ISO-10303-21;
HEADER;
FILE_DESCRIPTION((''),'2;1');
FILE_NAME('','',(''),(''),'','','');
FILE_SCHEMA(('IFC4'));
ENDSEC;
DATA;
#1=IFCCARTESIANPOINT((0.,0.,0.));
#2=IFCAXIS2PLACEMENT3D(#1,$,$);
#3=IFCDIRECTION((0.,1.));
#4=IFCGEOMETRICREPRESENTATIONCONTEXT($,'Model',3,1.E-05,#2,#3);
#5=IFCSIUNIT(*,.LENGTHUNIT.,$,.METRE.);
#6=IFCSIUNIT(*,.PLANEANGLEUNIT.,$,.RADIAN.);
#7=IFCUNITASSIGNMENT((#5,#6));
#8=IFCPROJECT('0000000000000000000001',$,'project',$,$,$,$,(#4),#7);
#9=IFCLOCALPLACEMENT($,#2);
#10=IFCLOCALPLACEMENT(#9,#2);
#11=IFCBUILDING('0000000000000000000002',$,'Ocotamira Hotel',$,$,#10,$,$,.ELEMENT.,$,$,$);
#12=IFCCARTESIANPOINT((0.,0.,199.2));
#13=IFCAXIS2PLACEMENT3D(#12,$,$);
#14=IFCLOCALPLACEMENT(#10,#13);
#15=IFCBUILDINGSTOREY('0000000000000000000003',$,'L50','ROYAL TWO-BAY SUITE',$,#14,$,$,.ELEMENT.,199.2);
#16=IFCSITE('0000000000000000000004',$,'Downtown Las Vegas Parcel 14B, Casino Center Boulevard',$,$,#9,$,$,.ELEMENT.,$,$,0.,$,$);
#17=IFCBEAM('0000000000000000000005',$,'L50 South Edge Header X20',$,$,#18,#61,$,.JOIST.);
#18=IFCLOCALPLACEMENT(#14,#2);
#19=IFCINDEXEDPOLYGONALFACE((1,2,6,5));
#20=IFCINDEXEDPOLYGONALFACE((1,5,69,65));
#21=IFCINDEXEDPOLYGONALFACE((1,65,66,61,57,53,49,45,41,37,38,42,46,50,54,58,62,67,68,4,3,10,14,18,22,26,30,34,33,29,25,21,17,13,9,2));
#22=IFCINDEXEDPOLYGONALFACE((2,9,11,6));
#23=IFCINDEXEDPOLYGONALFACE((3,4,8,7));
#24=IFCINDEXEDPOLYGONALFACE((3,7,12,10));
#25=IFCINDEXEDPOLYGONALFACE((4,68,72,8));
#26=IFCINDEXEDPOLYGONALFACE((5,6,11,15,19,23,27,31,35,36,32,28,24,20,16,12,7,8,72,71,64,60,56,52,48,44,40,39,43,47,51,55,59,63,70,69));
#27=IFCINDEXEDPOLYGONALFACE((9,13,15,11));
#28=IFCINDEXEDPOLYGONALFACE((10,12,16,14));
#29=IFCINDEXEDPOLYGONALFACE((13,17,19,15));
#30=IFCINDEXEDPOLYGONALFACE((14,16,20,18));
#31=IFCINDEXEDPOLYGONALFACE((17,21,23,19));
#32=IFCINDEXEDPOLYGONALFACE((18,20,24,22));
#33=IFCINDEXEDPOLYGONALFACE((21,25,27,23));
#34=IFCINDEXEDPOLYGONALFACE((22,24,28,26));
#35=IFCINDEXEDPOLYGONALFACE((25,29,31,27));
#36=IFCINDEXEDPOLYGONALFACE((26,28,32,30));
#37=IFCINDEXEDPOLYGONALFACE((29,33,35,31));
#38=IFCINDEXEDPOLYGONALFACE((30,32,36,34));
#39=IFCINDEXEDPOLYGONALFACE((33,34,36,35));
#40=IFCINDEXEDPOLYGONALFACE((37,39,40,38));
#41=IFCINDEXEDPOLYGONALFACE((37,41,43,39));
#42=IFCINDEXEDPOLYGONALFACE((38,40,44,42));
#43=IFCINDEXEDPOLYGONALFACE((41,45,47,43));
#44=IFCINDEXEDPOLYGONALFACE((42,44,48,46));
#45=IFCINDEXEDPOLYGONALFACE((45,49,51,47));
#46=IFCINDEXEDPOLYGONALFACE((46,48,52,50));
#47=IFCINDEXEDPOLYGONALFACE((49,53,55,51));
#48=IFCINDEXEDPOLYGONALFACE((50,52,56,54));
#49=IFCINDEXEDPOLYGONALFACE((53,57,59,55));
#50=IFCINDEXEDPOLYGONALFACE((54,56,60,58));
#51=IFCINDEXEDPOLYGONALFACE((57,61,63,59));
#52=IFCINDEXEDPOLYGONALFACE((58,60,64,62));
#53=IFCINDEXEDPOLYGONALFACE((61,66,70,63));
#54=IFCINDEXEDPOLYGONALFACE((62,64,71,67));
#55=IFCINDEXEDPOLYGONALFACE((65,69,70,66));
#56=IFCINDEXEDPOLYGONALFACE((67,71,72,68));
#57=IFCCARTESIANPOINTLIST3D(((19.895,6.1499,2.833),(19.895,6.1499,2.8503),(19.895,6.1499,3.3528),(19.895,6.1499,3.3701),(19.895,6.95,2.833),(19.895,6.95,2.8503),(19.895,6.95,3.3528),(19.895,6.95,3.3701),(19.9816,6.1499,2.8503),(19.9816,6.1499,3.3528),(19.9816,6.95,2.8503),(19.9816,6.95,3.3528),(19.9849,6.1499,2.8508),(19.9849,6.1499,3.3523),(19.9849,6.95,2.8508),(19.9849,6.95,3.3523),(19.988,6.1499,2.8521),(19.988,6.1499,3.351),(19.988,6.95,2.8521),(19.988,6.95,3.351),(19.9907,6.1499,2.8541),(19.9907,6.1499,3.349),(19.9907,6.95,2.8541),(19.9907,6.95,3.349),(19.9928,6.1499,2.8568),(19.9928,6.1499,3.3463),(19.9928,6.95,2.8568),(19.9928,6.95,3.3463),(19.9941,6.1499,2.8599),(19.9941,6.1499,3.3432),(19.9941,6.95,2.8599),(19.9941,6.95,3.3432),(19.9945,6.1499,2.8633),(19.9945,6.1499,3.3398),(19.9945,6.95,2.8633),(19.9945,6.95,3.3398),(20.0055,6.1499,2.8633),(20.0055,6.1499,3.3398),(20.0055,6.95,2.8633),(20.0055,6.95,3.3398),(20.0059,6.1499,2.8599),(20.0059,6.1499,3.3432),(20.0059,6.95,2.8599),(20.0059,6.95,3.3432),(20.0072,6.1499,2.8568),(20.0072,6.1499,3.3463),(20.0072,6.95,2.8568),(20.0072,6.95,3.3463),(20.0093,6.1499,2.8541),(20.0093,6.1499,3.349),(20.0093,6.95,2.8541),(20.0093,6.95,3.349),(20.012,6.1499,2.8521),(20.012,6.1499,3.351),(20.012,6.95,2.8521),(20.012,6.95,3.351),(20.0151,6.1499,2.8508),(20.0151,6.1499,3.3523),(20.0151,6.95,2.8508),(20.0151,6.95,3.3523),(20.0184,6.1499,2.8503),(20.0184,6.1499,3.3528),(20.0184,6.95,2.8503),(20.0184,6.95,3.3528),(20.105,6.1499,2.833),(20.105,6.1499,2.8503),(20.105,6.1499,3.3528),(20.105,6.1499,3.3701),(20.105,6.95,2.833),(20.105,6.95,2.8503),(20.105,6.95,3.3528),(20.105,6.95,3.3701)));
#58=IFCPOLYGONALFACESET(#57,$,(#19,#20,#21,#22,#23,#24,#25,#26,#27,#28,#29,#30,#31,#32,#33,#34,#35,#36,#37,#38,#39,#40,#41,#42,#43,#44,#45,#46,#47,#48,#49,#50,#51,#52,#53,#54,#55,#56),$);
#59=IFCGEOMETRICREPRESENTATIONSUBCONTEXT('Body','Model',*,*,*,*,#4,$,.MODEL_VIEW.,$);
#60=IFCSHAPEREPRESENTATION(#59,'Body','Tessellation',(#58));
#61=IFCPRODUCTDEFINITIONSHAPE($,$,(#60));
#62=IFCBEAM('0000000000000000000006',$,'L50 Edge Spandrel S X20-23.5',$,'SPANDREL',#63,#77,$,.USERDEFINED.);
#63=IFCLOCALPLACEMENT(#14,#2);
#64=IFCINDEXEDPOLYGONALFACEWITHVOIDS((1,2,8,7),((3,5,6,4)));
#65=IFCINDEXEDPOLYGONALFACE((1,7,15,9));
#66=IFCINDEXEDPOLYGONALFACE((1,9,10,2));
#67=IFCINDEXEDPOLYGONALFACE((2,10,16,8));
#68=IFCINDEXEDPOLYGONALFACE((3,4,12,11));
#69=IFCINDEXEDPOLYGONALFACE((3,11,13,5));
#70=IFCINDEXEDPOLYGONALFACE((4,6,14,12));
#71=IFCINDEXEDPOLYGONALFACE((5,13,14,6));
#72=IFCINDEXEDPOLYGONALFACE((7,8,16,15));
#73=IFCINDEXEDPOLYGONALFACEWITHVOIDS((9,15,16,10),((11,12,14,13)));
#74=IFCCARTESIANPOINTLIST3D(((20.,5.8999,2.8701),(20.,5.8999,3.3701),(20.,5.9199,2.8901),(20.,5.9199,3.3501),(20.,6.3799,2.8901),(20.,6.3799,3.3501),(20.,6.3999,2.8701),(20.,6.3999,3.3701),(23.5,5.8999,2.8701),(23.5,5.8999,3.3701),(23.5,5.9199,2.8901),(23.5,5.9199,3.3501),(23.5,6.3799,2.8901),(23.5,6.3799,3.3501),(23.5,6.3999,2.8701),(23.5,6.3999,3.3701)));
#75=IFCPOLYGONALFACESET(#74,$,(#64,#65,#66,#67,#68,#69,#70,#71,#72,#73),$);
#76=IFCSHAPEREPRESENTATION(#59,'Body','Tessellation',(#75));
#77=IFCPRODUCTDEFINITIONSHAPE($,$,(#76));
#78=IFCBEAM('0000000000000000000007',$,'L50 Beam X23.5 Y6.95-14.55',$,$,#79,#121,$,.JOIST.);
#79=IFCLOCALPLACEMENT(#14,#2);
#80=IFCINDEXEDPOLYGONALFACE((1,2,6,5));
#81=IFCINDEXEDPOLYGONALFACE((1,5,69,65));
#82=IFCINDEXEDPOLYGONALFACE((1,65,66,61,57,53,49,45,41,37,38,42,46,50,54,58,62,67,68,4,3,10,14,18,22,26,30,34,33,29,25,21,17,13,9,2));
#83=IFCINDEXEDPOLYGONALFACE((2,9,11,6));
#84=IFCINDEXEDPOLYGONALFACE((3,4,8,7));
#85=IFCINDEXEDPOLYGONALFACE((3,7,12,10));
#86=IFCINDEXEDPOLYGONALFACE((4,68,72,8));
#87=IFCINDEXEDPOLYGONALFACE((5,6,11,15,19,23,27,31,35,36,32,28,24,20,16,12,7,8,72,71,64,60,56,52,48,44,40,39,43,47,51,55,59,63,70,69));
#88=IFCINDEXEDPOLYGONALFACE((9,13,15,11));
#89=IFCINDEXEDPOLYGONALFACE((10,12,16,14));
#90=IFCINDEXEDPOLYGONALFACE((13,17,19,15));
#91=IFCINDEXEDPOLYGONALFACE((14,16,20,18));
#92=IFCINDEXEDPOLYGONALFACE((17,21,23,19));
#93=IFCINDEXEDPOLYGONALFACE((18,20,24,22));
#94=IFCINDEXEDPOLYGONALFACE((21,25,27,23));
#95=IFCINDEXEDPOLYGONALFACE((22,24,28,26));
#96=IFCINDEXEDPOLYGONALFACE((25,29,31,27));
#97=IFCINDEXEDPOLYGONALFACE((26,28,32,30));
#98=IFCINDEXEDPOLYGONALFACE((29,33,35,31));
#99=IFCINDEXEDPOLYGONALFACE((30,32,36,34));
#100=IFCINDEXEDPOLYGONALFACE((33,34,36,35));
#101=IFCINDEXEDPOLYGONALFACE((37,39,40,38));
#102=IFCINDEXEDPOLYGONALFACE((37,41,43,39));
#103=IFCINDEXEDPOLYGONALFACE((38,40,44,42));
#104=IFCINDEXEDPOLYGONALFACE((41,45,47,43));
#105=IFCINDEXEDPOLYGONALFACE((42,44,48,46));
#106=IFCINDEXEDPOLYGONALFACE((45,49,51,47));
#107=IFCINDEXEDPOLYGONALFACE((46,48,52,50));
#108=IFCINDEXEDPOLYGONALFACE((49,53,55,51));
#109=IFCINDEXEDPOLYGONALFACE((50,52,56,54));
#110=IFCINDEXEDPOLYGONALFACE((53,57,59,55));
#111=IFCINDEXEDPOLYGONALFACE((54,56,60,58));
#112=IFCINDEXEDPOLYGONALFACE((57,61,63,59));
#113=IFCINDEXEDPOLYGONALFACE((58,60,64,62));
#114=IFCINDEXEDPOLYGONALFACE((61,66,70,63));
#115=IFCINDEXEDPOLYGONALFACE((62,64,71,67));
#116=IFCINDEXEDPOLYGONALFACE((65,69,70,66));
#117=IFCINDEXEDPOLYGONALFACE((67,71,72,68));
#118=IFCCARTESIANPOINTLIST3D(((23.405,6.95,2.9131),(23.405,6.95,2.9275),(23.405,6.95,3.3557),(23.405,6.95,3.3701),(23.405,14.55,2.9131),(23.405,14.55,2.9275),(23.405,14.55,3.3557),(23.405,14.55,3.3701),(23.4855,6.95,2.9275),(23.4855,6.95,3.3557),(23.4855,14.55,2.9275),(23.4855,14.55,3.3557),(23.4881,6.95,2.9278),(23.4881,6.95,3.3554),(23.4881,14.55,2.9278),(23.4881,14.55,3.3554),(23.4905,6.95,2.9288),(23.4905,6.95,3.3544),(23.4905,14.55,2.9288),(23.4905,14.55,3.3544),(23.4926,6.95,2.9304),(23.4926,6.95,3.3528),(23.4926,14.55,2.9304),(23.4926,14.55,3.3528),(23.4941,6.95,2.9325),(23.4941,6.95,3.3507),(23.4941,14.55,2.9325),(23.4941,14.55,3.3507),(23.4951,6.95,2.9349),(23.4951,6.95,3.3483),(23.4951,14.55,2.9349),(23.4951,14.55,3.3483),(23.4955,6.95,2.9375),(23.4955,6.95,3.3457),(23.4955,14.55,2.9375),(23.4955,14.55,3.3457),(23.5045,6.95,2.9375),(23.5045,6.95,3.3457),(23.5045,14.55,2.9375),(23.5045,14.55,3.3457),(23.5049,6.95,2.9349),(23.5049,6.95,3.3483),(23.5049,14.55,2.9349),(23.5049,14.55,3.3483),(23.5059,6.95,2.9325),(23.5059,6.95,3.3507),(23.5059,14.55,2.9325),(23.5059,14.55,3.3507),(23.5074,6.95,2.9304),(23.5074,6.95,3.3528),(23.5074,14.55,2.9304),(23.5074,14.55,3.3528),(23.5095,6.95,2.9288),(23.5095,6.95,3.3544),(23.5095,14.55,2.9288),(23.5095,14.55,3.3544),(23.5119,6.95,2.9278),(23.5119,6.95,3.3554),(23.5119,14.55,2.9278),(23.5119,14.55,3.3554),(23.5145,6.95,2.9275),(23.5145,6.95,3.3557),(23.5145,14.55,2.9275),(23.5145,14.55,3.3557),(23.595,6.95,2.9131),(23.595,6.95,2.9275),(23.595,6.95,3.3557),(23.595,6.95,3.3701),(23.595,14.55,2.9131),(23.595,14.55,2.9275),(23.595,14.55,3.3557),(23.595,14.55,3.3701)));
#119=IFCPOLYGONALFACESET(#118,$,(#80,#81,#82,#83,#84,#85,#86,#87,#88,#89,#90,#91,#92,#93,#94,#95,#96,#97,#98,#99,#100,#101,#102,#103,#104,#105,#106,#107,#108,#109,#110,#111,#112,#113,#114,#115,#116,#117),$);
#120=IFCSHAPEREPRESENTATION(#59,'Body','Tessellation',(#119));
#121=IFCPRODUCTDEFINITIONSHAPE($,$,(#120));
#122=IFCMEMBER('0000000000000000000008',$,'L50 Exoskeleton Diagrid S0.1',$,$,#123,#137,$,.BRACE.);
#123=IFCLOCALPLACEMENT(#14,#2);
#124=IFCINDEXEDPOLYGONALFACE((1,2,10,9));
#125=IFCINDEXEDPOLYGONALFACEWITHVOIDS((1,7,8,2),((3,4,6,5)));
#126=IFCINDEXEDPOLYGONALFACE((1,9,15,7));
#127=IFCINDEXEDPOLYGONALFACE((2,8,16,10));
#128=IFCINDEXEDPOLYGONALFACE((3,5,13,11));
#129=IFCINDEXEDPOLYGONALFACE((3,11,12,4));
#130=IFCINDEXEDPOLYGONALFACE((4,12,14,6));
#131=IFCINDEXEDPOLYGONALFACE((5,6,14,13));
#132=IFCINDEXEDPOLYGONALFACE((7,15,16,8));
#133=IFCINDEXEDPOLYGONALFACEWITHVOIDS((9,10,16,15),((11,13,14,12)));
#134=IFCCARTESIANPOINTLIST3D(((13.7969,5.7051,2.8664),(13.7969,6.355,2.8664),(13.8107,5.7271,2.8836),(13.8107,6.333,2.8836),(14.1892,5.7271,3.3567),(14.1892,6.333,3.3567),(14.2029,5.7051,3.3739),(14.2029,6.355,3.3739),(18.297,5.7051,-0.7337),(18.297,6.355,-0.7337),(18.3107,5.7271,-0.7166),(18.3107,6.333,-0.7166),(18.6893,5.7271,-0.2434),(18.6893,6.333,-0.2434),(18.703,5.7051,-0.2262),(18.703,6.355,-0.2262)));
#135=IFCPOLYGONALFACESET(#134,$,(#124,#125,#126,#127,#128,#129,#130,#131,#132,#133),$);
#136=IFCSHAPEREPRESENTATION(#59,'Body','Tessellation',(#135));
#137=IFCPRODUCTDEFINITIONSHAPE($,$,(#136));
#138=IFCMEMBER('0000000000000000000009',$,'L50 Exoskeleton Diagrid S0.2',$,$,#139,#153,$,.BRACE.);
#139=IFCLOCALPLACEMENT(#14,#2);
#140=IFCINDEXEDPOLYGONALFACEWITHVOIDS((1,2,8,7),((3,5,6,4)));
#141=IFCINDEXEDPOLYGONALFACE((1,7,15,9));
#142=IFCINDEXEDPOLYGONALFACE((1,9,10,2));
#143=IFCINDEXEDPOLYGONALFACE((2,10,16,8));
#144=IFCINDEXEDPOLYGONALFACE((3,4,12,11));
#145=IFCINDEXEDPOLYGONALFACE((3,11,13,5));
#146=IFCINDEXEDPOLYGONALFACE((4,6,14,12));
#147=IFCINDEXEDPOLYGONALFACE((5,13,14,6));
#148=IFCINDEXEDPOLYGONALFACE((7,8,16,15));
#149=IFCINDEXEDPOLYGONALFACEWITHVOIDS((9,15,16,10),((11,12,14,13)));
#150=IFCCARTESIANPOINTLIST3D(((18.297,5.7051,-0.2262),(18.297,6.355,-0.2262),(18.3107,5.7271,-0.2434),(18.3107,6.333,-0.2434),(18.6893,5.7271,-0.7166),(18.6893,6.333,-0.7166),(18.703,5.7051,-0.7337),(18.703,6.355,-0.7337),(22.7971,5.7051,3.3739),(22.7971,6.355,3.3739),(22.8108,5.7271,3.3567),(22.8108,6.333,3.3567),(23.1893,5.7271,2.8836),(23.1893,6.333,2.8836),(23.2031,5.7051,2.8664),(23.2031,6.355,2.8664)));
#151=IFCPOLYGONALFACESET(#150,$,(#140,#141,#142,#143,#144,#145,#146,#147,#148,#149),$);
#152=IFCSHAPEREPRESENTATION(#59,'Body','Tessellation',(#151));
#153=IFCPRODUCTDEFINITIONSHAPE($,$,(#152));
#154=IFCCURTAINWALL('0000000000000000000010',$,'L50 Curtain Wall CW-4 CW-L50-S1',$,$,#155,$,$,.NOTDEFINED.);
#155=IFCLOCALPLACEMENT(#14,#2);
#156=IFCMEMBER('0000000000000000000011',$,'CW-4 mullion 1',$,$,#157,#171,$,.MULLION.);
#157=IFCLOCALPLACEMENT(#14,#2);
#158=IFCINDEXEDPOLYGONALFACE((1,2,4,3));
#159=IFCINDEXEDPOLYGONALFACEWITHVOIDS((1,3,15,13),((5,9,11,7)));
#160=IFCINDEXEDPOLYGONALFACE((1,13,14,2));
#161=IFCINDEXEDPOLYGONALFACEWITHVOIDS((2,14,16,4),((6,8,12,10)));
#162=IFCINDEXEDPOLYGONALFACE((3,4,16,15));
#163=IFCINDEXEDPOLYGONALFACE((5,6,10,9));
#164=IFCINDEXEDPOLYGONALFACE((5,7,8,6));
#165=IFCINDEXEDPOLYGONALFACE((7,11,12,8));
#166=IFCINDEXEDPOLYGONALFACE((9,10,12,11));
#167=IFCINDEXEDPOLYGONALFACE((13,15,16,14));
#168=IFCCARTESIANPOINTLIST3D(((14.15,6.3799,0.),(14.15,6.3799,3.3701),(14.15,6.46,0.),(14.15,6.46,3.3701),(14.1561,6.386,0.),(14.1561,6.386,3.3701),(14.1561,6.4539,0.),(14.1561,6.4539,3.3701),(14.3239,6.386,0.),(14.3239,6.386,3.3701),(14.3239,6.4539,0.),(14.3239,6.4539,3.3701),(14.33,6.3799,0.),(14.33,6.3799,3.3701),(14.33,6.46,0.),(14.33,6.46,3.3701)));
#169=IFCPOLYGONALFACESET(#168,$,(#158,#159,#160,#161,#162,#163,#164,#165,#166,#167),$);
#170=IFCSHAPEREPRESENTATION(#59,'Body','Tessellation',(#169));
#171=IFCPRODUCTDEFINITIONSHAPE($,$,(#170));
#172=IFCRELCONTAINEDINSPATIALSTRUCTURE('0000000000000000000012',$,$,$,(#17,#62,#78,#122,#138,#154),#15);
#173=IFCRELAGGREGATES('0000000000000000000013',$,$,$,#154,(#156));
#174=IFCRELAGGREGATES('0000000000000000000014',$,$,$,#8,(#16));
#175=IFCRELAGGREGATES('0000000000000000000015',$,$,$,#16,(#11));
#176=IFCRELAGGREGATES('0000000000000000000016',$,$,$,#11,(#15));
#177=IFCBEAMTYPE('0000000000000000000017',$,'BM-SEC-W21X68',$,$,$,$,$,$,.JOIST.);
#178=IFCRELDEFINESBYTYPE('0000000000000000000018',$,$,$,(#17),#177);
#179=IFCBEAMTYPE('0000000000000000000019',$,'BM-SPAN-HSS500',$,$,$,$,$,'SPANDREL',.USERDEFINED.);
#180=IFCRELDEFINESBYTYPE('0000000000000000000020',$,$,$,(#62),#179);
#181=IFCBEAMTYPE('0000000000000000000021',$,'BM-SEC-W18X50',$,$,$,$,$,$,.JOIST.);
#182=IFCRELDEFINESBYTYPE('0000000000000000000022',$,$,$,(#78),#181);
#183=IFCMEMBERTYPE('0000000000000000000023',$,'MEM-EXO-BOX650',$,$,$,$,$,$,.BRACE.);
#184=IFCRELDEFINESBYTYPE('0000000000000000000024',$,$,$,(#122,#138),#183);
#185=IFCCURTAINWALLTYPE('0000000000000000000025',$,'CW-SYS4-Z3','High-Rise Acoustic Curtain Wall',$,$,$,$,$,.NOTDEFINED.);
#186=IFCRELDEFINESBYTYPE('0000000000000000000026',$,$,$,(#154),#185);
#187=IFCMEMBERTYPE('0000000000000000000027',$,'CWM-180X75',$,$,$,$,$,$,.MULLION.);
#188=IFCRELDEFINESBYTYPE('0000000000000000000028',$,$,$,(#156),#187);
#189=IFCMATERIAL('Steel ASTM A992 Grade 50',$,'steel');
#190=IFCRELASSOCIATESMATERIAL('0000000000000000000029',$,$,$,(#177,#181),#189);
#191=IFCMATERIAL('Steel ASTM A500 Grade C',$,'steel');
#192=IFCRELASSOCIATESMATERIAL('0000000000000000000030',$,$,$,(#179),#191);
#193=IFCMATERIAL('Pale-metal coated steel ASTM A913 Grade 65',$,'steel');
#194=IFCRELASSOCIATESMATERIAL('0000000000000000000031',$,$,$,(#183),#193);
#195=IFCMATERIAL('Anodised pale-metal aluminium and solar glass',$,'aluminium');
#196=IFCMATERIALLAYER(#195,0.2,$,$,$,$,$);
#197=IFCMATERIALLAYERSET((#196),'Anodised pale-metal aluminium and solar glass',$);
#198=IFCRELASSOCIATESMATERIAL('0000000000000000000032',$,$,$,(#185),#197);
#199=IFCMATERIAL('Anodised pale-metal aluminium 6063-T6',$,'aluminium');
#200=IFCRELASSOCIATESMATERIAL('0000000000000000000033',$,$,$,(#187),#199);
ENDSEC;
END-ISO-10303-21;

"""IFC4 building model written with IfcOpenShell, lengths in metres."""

from ifc_helpers import new_model, si_unit, direction, frame, origin, origin_2d, place, context, subcontext, project, spatial, hollow_rectangle, i_section, extrude, source, transform, mapped, material, layer, layer_set, material_profile, profile_set, type_object, element, aggregate, save


model = new_model("IFC4")

# Units and contexts
model_context = context("Model", 3, precision=1e-05, world=origin(), true_north=direction((0.0, 1.0)))
body_context = subcontext(model_context, "Body", "Model", "MODEL_VIEW")
ifc_project = project(units=[si_unit("LENGTHUNIT", "METRE"), si_unit("PLANEANGLEUNIT", "RADIAN")], contexts=[model_context])

# Site, building, storey
site_placement = place(None, origin())
site = spatial("IfcSite", under=ifc_project, at=site_placement, Name="Downtown Las Vegas Parcel 14B, Casino Center Boulevard", CompositionType="ELEMENT", RefElevation=0.0)
building_placement = place(site_placement, origin())
building = spatial("IfcBuilding", under=site, at=building_placement, Name="Ocotamira Hotel", CompositionType="ELEMENT")
storey_placement = place(building_placement, frame((0.0, 0.0, 199.2)))
storey = spatial("IfcBuildingStorey", under=building, at=storey_placement, Name="L50", Description="ROYAL TWO-BAY SUITE", CompositionType="ELEMENT", Elevation=199.2)

# Beams
ifc_material_1 = material(Name="Steel ASTM A992 Grade 50", Category="steel")
ifc_material_profile_1 = material_profile(ifc_material_1, i_section(OverallWidth=0.21, OverallDepth=0.5371, WebThickness=0.011, FlangeThickness=0.0173, FilletRadius=0.0129, at=origin_2d()), Name="W21X68")
ifc_profile_set_1 = profile_set([ifc_material_profile_1], Name="Steel ASTM A992 Grade 50")
beam_type_1 = type_object("IfcBeamType", Name="BM-SEC-W21X68", PredefinedType="JOIST", material=ifc_profile_set_1)
shared_shape_1 = source(origin(), body_context, "Body", "SweptSolid", [
    extrude(i_section(OverallWidth=0.21, OverallDepth=0.5371, WebThickness=0.011, FlangeThickness=0.0173, FilletRadius=0.0129, at=origin_2d()), origin(), (0.0, 0.0, 1.0), 0.8),
])
beam_1_placement = place(storey_placement, frame((20.0, 6.95, 3.1016), z_axis=(0.0, -1.0, 0.0), x_axis=(1.0, 0.0, 0.0)))
element("IfcBeam", 1, at=beam_1_placement, inside=storey, type_object=beam_type_1, Name="L50 South Edge Header X20", PredefinedType="JOIST", context=body_context, shape_type="MappedRepresentation", body=[
    mapped(shared_shape_1, transform((0.0, 0.0, 0.0), scale=1.0)),
])
ifc_material_2 = material(Name="Steel ASTM A500 Grade C", Category="steel")
ifc_material_profile_2 = material_profile(ifc_material_2, hollow_rectangle(XDim=0.5, YDim=0.5, WallThickness=0.02, at=origin_2d()), Name="HSS500X500X20")
ifc_profile_set_2 = profile_set([ifc_material_profile_2], Name="Steel ASTM A500 Grade C")
beam_type_2 = type_object("IfcBeamType", Name="BM-SPAN-HSS500", ElementType="SPANDREL", PredefinedType="USERDEFINED", material=ifc_profile_set_2)
shared_shape_2 = source(origin(), body_context, "Body", "SweptSolid", [
    extrude(hollow_rectangle(XDim=0.5, YDim=0.5, WallThickness=0.02, at=origin_2d()), origin(), (0.0, 0.0, 1.0), 3.5),
])
beam_2_placement = place(storey_placement, frame((20.0, 6.1499, 3.1201), z_axis=(1.0, 0.0, 0.0), x_axis=(0.0, 1.0, 0.0)))
element("IfcBeam", 2, at=beam_2_placement, inside=storey, type_object=beam_type_2, Name="L50 Edge Spandrel S X20-23.5", ObjectType="SPANDREL", PredefinedType="USERDEFINED", context=body_context, shape_type="MappedRepresentation", body=[
    mapped(shared_shape_2, transform((0.0, 0.0, 0.0), scale=1.0)),
])
ifc_material_profile_3 = material_profile(ifc_material_1, i_section(OverallWidth=0.1899, OverallDepth=0.457, WebThickness=0.009, FlangeThickness=0.0144, FilletRadius=0.01, at=origin_2d()), Name="W18X50")
ifc_profile_set_3 = profile_set([ifc_material_profile_3], Name="Steel ASTM A992 Grade 50")
beam_type_3 = type_object("IfcBeamType", Name="BM-SEC-W18X50", PredefinedType="JOIST", material=ifc_profile_set_3)
shared_shape_3 = source(origin(), body_context, "Body", "SweptSolid", [
    extrude(i_section(OverallWidth=0.1899, OverallDepth=0.457, WebThickness=0.009, FlangeThickness=0.0144, FilletRadius=0.01, at=origin_2d()), origin(), (0.0, 0.0, 1.0), 7.6001),
])
beam_3_placement = place(storey_placement, frame((23.5, 6.95, 3.1416), z_axis=(0.0, 1.0, 0.0), x_axis=(-1.0, 0.0, 0.0)))
element("IfcBeam", 3, at=beam_3_placement, inside=storey, type_object=beam_type_3, Name="L50 Beam X23.5 Y6.95-14.55", PredefinedType="JOIST", context=body_context, shape_type="MappedRepresentation", body=[
    mapped(shared_shape_3, transform((0.0, 0.0, 0.0), scale=1.0)),
])

# Members
ifc_material_3 = material(Name="Pale-metal coated steel ASTM A913 Grade 65", Category="steel")
ifc_material_profile_4 = material_profile(ifc_material_3, hollow_rectangle(XDim=0.6499, YDim=0.6499, WallThickness=0.022, at=origin_2d()), Name="BOX650X650X22")
ifc_profile_set_4 = profile_set([ifc_material_profile_4], Name="Pale-metal coated steel ASTM A913 Grade 65")
member_type_1 = type_object("IfcMemberType", Name="MEM-EXO-BOX650", PredefinedType="BRACE", material=ifc_profile_set_4)
shared_shape_4 = source(origin(), body_context, "Body", "SweptSolid", [
    extrude(hollow_rectangle(XDim=0.6499, YDim=0.6499, WallThickness=0.022, at=origin_2d()), origin(), (0.0, 0.0, 1.0), 5.7629),
])
for number, where, z_axis, x_axis, name in (
    (4, (18.5, 6.03, -0.48), (-0.780861, 0.0, 0.624705), (0.0, -1.0, 0.0), "L50 Exoskeleton Diagrid S0.1"),
    (5, (18.5, 6.03, -0.48), (0.780861, 0.0, 0.624705), (0.0, 1.0, 0.0), "L50 Exoskeleton Diagrid S0.2"),
):
    element("IfcMember", number, at=place(storey_placement, frame(where, z_axis=z_axis, x_axis=x_axis)), inside=storey, type_object=member_type_1, Name=name, PredefinedType="BRACE", context=body_context, shape_type="MappedRepresentation", body=[
        mapped(shared_shape_4, transform((0.0, 0.0, 0.0), scale=1.0)),
    ])

# Curtain wall, member
ifc_material_4 = material(Name="Anodised pale-metal aluminium and solar glass", Category="aluminium")
ifc_layer_1 = layer(ifc_material_4, 0.2)
ifc_layer_set_1 = layer_set([ifc_layer_1], Name="Anodised pale-metal aluminium and solar glass")
curtain_wall_type = type_object("IfcCurtainWallType", Name="CW-SYS4-Z3", Description="High-Rise Acoustic Curtain Wall", PredefinedType="NOTDEFINED", material=ifc_layer_set_1)
curtain_wall_placement = place(storey_placement, origin())
curtain_wall = element("IfcCurtainWall", 6, at=curtain_wall_placement, inside=storey, type_object=curtain_wall_type, Name="L50 Curtain Wall CW-4 CW-L50-S1", PredefinedType="NOTDEFINED")
ifc_material_5 = material(Name="Anodised pale-metal aluminium 6063-T6", Category="aluminium")
ifc_material_profile_5 = material_profile(ifc_material_5, hollow_rectangle(XDim=0.0801, YDim=0.1799, WallThickness=0.0061, at=origin_2d()), Name="HSS180X80X6")
ifc_profile_set_5 = profile_set([ifc_material_profile_5], Name="Anodised pale-metal aluminium 6063-T6")
member_type_2 = type_object("IfcMemberType", Name="CWM-180X75", PredefinedType="MULLION", material=ifc_profile_set_5)
shared_shape_5 = source(origin(), body_context, "Body", "SweptSolid", [
    extrude(hollow_rectangle(XDim=0.0801, YDim=0.1799, WallThickness=0.0061, at=origin_2d()), origin(), (0.0, 0.0, 1.0), 3.3701),
])
member_1_placement = place(storey_placement, frame((14.24, 6.4199, 0.0), z_axis=(0.0, 0.0, 1.0), x_axis=(0.0, 1.0, 0.0)))
member_1 = element("IfcMember", 7, at=member_1_placement, type_object=member_type_2, Name="CW-4 mullion 1", PredefinedType="MULLION", context=body_context, shape_type="MappedRepresentation", body=[
    mapped(shared_shape_5, transform((0.0, 0.0, 0.0), scale=1.0)),
])

aggregate(curtain_wall, [member_1])

save(model, "model.ifc")
